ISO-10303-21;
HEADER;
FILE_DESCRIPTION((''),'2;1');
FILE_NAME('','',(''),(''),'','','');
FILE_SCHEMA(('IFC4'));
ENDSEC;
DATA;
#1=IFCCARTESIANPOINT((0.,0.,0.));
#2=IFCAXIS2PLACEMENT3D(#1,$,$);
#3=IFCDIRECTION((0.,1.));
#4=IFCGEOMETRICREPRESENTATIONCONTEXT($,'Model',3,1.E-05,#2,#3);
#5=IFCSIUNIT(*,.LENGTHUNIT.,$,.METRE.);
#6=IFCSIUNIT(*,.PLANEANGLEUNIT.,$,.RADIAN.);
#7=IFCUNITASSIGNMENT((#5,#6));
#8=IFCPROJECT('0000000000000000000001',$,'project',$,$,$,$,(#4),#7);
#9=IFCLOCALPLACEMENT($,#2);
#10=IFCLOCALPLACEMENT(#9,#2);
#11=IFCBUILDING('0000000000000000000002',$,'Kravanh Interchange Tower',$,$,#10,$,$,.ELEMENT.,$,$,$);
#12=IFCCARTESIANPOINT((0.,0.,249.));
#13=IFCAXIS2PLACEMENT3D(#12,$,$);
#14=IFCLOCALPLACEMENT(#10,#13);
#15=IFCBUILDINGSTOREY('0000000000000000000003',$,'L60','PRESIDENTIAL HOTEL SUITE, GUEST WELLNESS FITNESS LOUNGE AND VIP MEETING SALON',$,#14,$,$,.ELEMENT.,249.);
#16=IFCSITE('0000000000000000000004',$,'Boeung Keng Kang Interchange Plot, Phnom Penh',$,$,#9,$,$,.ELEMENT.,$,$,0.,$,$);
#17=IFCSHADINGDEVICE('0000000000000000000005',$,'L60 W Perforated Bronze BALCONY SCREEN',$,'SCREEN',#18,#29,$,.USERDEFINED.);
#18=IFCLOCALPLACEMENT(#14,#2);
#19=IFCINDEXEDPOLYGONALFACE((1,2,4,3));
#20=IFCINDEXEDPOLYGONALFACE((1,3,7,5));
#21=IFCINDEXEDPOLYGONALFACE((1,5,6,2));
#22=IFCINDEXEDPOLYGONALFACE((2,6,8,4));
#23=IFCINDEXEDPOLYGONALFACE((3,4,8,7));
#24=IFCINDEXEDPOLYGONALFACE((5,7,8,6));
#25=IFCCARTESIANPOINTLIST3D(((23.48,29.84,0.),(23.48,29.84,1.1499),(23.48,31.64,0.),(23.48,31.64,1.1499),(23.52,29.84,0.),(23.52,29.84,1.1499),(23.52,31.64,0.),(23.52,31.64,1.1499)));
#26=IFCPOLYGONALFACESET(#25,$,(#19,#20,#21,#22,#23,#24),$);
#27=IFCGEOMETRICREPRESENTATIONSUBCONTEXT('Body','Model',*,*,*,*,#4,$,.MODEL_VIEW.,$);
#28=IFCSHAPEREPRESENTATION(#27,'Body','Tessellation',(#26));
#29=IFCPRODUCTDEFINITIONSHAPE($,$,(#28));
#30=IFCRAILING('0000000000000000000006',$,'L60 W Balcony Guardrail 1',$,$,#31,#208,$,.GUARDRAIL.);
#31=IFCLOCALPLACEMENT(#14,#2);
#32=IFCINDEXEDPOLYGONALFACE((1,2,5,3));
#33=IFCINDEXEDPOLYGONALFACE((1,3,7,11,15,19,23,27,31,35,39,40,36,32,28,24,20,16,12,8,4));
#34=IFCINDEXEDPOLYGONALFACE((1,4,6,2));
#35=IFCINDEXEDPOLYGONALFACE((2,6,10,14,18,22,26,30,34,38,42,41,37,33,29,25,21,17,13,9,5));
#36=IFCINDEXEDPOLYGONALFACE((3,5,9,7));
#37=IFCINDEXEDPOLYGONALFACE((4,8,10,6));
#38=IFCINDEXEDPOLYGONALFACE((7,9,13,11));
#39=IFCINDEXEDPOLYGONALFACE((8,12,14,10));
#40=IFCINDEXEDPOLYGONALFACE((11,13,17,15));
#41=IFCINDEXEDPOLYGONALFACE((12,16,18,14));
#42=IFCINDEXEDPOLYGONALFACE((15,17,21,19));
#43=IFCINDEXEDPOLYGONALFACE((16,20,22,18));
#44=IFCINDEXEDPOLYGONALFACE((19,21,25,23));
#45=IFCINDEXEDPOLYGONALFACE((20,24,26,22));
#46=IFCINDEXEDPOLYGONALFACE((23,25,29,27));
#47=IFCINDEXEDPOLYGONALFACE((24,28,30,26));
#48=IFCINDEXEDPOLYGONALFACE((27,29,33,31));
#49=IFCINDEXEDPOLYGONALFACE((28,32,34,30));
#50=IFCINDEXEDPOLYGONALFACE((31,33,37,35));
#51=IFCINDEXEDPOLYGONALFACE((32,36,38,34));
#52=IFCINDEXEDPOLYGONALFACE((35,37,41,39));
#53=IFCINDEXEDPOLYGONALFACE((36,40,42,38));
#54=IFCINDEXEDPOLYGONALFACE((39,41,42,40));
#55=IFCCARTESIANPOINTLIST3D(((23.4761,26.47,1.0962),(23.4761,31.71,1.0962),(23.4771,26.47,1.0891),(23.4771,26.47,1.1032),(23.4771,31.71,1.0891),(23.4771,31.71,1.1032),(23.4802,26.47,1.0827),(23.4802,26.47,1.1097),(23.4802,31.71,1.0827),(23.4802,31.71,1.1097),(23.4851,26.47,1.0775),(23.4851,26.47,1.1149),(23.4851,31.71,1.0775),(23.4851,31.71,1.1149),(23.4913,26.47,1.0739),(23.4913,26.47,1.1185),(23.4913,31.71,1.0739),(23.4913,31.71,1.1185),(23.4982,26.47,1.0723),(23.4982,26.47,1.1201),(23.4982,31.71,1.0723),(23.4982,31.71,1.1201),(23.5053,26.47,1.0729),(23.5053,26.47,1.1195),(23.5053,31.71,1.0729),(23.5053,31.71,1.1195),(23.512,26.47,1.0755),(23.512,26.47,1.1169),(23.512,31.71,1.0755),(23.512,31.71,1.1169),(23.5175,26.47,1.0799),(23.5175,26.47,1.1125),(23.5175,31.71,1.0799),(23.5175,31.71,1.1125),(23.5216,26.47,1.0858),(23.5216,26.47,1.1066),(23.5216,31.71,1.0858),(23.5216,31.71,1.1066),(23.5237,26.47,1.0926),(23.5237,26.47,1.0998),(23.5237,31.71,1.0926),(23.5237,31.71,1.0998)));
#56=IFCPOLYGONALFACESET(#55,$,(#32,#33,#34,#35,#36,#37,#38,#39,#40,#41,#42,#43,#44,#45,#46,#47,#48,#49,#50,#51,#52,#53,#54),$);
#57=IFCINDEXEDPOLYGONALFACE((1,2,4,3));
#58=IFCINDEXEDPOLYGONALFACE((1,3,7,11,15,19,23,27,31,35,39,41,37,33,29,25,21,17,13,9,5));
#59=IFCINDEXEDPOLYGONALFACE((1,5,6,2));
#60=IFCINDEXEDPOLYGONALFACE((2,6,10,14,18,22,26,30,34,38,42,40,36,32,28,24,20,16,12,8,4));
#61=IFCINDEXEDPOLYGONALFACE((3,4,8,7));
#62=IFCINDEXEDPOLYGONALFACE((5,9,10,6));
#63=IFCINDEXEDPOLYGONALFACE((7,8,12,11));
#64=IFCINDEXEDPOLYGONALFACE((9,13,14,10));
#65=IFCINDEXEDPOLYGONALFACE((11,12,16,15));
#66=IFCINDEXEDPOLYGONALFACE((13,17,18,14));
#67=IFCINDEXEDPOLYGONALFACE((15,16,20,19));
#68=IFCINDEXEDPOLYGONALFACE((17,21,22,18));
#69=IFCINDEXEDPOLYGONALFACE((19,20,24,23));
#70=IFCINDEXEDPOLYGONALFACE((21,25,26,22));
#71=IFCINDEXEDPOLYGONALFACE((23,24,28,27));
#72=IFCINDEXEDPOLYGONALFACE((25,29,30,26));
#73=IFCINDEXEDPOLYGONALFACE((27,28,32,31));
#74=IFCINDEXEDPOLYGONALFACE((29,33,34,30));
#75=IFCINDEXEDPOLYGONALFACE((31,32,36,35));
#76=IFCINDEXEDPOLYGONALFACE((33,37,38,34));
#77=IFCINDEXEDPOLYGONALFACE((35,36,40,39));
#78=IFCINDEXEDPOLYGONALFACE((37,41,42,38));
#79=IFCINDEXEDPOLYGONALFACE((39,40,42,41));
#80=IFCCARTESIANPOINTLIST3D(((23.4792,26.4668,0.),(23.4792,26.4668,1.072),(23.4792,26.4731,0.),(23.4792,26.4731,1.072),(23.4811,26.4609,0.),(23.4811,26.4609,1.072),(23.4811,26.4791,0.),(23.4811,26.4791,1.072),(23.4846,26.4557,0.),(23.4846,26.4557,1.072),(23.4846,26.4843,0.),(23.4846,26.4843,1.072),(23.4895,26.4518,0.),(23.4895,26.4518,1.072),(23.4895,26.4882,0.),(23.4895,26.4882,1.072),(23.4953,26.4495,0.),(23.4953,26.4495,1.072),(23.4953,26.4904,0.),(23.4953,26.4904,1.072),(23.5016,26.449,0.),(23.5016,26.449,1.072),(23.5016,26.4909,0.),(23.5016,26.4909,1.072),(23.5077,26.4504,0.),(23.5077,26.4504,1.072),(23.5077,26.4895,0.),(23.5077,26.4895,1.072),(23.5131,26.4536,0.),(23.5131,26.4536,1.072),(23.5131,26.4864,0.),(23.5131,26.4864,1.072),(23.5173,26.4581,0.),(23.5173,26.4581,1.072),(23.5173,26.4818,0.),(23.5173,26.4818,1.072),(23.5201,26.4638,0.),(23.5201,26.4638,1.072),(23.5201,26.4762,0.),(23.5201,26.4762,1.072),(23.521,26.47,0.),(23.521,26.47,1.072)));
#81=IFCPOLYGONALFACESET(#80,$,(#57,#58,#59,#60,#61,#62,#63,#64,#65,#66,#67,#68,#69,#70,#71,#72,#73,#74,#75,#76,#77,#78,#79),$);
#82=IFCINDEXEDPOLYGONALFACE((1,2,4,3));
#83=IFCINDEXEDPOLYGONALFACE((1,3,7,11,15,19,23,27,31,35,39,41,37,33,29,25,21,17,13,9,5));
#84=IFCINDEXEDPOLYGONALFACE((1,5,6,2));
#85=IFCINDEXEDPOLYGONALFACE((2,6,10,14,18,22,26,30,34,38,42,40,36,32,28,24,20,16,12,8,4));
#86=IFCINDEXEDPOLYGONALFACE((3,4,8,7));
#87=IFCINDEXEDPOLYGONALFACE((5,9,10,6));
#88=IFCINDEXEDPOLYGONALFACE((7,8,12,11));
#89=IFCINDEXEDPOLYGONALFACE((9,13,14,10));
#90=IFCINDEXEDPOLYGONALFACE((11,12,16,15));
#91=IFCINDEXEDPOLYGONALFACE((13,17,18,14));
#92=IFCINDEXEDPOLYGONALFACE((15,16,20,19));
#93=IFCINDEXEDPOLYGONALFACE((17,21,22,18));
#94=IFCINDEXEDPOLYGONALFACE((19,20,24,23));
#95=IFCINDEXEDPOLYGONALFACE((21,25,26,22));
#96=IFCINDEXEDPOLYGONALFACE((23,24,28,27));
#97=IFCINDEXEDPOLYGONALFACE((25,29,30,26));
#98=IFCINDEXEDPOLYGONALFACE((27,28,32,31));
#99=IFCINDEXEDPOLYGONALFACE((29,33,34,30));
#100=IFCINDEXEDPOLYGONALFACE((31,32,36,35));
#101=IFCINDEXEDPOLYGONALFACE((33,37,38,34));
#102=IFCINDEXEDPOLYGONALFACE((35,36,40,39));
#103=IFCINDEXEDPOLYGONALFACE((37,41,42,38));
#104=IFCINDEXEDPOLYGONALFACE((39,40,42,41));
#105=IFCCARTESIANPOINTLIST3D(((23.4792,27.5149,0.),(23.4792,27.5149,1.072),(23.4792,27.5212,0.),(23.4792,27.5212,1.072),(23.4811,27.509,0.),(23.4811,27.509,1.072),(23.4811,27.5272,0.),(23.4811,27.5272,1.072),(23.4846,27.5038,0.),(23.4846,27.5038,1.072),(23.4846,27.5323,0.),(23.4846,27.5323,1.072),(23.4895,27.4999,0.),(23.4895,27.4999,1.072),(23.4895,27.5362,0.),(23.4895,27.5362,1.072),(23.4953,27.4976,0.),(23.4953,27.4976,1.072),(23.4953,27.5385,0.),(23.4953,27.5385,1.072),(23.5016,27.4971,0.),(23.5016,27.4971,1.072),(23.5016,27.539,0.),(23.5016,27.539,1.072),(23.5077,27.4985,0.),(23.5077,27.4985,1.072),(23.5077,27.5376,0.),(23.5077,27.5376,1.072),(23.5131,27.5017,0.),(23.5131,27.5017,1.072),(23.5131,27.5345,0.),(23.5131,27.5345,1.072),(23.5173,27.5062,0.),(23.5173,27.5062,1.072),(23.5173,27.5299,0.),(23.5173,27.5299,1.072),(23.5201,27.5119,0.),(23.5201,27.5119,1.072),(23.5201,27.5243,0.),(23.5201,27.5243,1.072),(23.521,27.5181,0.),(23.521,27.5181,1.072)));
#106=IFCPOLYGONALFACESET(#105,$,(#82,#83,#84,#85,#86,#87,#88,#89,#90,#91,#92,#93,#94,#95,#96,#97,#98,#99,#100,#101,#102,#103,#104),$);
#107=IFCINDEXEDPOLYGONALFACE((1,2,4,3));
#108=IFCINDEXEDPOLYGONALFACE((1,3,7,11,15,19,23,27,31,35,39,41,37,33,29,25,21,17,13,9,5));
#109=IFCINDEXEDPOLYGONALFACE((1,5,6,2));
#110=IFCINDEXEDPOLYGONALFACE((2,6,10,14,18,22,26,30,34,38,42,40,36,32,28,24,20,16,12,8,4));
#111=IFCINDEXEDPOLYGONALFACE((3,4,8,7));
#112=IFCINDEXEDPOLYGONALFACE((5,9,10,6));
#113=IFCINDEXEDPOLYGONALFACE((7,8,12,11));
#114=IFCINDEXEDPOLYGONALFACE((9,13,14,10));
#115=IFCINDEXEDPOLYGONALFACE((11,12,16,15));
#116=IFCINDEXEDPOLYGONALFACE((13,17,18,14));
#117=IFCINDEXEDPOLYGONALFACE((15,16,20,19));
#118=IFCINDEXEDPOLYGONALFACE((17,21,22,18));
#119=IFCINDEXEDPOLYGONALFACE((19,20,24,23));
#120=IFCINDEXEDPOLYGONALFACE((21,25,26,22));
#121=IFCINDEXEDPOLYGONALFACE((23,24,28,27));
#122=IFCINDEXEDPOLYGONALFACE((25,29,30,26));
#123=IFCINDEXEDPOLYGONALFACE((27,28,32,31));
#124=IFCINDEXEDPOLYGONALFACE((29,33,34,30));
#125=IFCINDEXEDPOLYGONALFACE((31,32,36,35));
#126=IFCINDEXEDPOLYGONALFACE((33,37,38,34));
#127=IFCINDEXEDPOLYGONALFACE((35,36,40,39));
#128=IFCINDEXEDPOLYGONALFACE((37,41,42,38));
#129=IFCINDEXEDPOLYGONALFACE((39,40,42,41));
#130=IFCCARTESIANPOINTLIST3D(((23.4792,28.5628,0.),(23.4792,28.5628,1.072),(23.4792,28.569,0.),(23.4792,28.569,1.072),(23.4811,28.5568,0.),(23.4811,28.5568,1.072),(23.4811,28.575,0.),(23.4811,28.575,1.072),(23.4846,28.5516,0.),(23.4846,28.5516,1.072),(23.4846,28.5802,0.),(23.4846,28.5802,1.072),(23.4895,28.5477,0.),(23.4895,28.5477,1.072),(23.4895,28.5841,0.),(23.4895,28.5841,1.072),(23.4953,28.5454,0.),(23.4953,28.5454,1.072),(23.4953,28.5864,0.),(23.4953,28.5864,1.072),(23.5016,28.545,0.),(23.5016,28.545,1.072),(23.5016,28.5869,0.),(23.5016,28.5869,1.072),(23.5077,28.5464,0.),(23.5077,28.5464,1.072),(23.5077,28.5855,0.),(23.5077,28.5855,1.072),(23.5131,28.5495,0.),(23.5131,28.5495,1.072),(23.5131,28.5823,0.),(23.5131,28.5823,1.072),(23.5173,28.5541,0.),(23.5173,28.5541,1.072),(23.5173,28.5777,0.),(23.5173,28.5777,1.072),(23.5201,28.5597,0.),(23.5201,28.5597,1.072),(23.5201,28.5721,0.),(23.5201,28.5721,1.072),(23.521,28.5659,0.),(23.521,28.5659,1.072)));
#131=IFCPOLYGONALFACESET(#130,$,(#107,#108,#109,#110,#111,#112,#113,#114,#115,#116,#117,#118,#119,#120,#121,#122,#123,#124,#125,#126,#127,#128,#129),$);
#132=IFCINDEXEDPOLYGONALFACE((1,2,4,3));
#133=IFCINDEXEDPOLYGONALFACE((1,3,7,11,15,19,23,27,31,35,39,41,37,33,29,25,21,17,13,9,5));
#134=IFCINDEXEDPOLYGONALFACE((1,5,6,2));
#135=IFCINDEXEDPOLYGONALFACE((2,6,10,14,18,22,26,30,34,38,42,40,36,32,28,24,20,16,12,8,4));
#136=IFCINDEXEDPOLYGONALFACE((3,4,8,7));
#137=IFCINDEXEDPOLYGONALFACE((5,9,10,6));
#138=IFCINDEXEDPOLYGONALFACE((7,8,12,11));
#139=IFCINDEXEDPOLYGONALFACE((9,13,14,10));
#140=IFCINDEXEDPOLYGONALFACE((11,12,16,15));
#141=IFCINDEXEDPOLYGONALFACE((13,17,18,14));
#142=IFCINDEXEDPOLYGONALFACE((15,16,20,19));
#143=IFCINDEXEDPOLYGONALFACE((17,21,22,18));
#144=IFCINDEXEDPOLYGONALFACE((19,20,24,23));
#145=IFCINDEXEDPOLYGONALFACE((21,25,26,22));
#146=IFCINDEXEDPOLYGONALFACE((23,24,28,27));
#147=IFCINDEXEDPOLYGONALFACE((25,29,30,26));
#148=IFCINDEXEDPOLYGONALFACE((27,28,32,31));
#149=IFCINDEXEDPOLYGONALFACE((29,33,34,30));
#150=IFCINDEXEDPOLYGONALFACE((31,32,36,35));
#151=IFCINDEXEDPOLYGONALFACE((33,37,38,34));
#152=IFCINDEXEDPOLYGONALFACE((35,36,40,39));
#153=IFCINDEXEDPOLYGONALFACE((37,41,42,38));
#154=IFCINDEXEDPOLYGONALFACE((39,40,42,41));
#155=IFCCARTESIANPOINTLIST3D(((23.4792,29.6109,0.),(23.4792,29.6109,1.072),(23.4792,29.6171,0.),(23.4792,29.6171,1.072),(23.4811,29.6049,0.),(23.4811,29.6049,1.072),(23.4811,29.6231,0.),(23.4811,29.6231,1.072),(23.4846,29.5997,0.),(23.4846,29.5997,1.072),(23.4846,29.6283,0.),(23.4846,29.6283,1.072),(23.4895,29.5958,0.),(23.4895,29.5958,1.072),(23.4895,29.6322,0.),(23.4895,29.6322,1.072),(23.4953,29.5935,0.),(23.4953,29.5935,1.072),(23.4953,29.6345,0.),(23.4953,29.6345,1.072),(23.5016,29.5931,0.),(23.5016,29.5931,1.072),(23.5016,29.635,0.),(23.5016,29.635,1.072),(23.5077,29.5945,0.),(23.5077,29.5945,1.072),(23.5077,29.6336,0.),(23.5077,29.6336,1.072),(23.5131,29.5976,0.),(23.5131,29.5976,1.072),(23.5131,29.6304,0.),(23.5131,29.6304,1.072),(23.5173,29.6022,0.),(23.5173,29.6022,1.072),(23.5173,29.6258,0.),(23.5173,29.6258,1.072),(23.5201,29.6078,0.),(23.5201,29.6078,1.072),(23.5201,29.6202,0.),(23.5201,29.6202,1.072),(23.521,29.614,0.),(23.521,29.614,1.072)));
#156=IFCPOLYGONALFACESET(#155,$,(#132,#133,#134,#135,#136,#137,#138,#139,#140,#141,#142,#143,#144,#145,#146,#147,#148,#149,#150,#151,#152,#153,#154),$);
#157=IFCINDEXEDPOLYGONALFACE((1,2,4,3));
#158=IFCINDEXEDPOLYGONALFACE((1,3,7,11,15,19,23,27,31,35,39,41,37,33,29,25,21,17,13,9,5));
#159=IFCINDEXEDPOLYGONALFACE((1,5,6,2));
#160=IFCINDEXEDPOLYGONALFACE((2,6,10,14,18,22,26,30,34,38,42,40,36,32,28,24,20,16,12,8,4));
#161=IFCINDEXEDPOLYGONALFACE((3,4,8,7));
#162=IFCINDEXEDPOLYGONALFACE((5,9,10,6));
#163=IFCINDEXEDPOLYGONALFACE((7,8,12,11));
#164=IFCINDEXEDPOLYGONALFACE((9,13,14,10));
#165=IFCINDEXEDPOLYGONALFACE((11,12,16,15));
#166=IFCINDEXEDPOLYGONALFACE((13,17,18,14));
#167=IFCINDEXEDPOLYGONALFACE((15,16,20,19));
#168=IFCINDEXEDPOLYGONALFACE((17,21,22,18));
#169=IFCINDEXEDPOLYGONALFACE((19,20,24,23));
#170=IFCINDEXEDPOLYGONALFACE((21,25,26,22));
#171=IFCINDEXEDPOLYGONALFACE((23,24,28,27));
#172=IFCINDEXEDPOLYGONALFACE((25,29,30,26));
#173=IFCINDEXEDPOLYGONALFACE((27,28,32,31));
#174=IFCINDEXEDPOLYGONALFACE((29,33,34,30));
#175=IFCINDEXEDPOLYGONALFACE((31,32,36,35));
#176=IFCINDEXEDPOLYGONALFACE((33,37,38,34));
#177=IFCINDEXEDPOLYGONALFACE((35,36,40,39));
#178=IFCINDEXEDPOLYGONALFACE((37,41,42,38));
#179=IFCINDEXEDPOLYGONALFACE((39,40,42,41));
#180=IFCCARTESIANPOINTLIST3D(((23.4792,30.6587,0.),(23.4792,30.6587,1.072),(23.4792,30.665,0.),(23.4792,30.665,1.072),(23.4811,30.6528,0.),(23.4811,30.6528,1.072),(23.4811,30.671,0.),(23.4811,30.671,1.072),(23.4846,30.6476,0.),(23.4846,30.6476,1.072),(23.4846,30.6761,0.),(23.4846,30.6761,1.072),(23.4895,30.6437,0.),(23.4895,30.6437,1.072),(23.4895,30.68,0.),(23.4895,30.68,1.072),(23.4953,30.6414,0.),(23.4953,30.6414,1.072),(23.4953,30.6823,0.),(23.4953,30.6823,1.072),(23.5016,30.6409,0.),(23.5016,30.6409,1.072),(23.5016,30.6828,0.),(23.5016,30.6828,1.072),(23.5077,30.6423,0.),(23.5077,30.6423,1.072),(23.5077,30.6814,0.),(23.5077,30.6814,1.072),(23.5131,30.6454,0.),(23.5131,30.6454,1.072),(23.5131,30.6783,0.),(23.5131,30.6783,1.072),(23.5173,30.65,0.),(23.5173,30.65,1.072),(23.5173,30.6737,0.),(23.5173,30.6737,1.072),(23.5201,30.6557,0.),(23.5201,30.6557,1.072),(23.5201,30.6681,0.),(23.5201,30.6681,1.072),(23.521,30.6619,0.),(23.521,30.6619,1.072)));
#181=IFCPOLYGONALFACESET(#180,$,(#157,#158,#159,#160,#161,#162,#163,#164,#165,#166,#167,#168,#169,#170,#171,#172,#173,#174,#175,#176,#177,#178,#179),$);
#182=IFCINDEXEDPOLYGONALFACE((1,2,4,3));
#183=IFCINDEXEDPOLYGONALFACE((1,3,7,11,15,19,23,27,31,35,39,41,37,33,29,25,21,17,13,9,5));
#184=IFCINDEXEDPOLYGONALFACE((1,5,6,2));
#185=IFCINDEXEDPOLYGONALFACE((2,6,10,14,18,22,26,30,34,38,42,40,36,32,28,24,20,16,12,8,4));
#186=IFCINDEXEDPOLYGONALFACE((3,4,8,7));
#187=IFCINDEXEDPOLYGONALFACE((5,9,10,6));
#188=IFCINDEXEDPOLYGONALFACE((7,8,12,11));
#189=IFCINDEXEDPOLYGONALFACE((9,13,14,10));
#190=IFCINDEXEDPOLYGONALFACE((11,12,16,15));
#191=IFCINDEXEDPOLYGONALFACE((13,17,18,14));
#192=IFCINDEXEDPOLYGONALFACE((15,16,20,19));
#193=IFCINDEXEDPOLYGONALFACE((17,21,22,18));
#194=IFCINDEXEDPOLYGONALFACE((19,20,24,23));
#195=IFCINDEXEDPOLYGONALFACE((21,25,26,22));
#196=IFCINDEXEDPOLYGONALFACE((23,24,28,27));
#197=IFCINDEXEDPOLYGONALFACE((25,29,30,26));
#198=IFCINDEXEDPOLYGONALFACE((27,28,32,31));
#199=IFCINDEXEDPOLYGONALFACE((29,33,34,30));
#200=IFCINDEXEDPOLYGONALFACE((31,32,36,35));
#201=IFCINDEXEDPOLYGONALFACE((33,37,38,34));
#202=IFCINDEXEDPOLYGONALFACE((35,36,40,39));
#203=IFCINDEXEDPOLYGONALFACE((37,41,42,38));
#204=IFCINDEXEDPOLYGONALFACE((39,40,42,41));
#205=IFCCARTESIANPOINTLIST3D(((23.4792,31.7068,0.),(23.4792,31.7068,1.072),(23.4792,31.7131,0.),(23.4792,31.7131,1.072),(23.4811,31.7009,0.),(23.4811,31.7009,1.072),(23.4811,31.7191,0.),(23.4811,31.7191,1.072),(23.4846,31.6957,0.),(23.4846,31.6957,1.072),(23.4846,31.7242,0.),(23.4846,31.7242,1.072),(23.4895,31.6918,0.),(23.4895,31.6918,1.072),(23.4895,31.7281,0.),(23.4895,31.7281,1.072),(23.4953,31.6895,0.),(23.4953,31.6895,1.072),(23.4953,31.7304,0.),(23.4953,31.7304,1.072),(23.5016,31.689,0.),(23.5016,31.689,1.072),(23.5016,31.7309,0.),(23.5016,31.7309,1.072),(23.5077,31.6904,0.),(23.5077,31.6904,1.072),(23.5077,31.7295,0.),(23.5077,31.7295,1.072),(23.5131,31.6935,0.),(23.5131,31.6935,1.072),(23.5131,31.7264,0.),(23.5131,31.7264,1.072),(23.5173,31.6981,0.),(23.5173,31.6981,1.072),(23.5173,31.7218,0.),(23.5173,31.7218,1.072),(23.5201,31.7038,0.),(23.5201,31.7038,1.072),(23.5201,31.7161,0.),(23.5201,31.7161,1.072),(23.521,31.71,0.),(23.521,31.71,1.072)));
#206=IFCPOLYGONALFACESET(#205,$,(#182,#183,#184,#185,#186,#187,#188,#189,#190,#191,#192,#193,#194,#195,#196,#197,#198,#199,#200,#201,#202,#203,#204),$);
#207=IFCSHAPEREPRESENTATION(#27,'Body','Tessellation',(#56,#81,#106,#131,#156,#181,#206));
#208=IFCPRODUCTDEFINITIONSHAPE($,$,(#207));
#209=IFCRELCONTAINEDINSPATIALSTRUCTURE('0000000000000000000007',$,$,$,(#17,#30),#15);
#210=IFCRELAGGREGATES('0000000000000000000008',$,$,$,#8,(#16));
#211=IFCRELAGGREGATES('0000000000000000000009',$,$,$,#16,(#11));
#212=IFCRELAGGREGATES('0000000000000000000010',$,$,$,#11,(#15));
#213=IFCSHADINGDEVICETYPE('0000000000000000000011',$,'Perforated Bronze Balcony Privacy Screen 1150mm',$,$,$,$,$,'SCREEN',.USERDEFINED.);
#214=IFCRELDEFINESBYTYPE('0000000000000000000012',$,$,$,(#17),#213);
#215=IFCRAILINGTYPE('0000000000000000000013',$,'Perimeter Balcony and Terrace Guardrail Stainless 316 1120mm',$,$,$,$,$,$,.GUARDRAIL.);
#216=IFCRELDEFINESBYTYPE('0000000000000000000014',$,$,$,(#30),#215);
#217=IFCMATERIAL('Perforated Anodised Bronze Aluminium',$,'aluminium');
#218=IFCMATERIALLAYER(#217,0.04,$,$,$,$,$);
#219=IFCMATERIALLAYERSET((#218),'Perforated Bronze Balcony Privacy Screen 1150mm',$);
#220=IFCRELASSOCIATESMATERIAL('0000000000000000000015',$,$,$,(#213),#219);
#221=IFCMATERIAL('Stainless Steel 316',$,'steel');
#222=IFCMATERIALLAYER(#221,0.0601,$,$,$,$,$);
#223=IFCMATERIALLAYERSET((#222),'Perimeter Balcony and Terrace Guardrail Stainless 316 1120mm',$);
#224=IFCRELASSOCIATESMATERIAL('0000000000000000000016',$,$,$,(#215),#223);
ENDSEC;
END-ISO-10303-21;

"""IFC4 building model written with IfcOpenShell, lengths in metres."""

from ifc_helpers import new_model, si_unit, direction, frame, origin, origin_2d, place, context, subcontext, project, spatial, rectangle, circle, extrude, material, layer, layer_set, type_object, element, save


model = new_model("IFC4")

# Units and contexts
model_context = context("Model", 3, precision=1e-05, world=origin(), true_north=direction((0.0, 1.0)))
body_context = subcontext(model_context, "Body", "Model", "MODEL_VIEW")
ifc_project = project(units=[si_unit("LENGTHUNIT", "METRE"), si_unit("PLANEANGLEUNIT", "RADIAN")], contexts=[model_context])

# Site, building, storey
site_placement = place(None, origin())
site = spatial("IfcSite", under=ifc_project, at=site_placement, Name="Boeung Keng Kang Interchange Plot, Phnom Penh", CompositionType="ELEMENT", RefElevation=0.0)
building_placement = place(site_placement, origin())
building = spatial("IfcBuilding", under=site, at=building_placement, Name="Kravanh Interchange Tower", CompositionType="ELEMENT")
storey_placement = place(building_placement, frame((0.0, 0.0, 249.0)))
storey = spatial("IfcBuildingStorey", under=building, at=storey_placement, Name="L60", Description="PRESIDENTIAL HOTEL SUITE, GUEST WELLNESS FITNESS LOUNGE AND VIP MEETING SALON", CompositionType="ELEMENT", Elevation=249.0)

# Shading device
ifc_material_1 = material(Name="Perforated Anodised Bronze Aluminium", Category="aluminium")
ifc_layer_1 = layer(ifc_material_1, 0.04)
ifc_layer_set_1 = layer_set([ifc_layer_1], Name="Perforated Bronze Balcony Privacy Screen 1150mm")
shading_device_type = type_object("IfcShadingDeviceType", Name="Perforated Bronze Balcony Privacy Screen 1150mm", ElementType="SCREEN", PredefinedType="USERDEFINED", material=ifc_layer_set_1)
shading_device_placement = place(storey_placement, frame((23.5, 30.74, 0.0), z_axis=(0.0, 0.0, 1.0), x_axis=(1.0, 0.0, 0.0)))
element("IfcShadingDevice", 1, at=shading_device_placement, inside=storey, type_object=shading_device_type, Name="L60 W Perforated Bronze BALCONY SCREEN", ObjectType="SCREEN", PredefinedType="USERDEFINED", context=body_context, shape_type="SweptSolid", body=[
    extrude(rectangle(XDim=0.04, YDim=1.8, at=origin_2d()), origin(), (0.0, 0.0, 1.0), 1.1499),
])

# Railing
ifc_material_2 = material(Name="Stainless Steel 316", Category="steel")
ifc_layer_2 = layer(ifc_material_2, 0.0601)
ifc_layer_set_2 = layer_set([ifc_layer_2], Name="Perimeter Balcony and Terrace Guardrail Stainless 316 1120mm")
railing_type = type_object("IfcRailingType", Name="Perimeter Balcony and Terrace Guardrail Stainless 316 1120mm", PredefinedType="GUARDRAIL", material=ifc_layer_set_2)
railing_1_placement = place(storey_placement, frame((23.5, 26.47, 0.0)))
element("IfcRailing", 2, at=railing_1_placement, inside=storey, type_object=railing_type, Name="L60 W Balcony Guardrail 1", PredefinedType="GUARDRAIL", context=body_context, shape_type="SweptSolid", body=[
    extrude(circle(Radius=0.0239, at=origin_2d()), frame((0.0, 0.0, 1.0962), z_axis=(0.0, 1.0, 0.0), x_axis=(-1.0, 0.0, 0.0)), (0.0, 0.0, 1.0), 5.24),
    extrude(circle(Radius=0.021, at=origin_2d()), origin(), (0.0, 0.0, 1.0), 1.072),
    extrude(circle(Radius=0.021, at=origin_2d()), frame((0.0, 1.0481, 0.0)), (0.0, 0.0, 1.0), 1.072),
    extrude(circle(Radius=0.021, at=origin_2d()), frame((0.0, 2.0959, 0.0)), (0.0, 0.0, 1.0), 1.072),
    extrude(circle(Radius=0.021, at=origin_2d()), frame((0.0, 3.144, 0.0)), (0.0, 0.0, 1.0), 1.072),
    extrude(circle(Radius=0.021, at=origin_2d()), frame((0.0, 4.1919, 0.0)), (0.0, 0.0, 1.0), 1.072),
    extrude(circle(Radius=0.021, at=origin_2d()), frame((0.0, 5.24, 0.0)), (0.0, 0.0, 1.0), 1.072),
])

save(model, "model.ifc")
